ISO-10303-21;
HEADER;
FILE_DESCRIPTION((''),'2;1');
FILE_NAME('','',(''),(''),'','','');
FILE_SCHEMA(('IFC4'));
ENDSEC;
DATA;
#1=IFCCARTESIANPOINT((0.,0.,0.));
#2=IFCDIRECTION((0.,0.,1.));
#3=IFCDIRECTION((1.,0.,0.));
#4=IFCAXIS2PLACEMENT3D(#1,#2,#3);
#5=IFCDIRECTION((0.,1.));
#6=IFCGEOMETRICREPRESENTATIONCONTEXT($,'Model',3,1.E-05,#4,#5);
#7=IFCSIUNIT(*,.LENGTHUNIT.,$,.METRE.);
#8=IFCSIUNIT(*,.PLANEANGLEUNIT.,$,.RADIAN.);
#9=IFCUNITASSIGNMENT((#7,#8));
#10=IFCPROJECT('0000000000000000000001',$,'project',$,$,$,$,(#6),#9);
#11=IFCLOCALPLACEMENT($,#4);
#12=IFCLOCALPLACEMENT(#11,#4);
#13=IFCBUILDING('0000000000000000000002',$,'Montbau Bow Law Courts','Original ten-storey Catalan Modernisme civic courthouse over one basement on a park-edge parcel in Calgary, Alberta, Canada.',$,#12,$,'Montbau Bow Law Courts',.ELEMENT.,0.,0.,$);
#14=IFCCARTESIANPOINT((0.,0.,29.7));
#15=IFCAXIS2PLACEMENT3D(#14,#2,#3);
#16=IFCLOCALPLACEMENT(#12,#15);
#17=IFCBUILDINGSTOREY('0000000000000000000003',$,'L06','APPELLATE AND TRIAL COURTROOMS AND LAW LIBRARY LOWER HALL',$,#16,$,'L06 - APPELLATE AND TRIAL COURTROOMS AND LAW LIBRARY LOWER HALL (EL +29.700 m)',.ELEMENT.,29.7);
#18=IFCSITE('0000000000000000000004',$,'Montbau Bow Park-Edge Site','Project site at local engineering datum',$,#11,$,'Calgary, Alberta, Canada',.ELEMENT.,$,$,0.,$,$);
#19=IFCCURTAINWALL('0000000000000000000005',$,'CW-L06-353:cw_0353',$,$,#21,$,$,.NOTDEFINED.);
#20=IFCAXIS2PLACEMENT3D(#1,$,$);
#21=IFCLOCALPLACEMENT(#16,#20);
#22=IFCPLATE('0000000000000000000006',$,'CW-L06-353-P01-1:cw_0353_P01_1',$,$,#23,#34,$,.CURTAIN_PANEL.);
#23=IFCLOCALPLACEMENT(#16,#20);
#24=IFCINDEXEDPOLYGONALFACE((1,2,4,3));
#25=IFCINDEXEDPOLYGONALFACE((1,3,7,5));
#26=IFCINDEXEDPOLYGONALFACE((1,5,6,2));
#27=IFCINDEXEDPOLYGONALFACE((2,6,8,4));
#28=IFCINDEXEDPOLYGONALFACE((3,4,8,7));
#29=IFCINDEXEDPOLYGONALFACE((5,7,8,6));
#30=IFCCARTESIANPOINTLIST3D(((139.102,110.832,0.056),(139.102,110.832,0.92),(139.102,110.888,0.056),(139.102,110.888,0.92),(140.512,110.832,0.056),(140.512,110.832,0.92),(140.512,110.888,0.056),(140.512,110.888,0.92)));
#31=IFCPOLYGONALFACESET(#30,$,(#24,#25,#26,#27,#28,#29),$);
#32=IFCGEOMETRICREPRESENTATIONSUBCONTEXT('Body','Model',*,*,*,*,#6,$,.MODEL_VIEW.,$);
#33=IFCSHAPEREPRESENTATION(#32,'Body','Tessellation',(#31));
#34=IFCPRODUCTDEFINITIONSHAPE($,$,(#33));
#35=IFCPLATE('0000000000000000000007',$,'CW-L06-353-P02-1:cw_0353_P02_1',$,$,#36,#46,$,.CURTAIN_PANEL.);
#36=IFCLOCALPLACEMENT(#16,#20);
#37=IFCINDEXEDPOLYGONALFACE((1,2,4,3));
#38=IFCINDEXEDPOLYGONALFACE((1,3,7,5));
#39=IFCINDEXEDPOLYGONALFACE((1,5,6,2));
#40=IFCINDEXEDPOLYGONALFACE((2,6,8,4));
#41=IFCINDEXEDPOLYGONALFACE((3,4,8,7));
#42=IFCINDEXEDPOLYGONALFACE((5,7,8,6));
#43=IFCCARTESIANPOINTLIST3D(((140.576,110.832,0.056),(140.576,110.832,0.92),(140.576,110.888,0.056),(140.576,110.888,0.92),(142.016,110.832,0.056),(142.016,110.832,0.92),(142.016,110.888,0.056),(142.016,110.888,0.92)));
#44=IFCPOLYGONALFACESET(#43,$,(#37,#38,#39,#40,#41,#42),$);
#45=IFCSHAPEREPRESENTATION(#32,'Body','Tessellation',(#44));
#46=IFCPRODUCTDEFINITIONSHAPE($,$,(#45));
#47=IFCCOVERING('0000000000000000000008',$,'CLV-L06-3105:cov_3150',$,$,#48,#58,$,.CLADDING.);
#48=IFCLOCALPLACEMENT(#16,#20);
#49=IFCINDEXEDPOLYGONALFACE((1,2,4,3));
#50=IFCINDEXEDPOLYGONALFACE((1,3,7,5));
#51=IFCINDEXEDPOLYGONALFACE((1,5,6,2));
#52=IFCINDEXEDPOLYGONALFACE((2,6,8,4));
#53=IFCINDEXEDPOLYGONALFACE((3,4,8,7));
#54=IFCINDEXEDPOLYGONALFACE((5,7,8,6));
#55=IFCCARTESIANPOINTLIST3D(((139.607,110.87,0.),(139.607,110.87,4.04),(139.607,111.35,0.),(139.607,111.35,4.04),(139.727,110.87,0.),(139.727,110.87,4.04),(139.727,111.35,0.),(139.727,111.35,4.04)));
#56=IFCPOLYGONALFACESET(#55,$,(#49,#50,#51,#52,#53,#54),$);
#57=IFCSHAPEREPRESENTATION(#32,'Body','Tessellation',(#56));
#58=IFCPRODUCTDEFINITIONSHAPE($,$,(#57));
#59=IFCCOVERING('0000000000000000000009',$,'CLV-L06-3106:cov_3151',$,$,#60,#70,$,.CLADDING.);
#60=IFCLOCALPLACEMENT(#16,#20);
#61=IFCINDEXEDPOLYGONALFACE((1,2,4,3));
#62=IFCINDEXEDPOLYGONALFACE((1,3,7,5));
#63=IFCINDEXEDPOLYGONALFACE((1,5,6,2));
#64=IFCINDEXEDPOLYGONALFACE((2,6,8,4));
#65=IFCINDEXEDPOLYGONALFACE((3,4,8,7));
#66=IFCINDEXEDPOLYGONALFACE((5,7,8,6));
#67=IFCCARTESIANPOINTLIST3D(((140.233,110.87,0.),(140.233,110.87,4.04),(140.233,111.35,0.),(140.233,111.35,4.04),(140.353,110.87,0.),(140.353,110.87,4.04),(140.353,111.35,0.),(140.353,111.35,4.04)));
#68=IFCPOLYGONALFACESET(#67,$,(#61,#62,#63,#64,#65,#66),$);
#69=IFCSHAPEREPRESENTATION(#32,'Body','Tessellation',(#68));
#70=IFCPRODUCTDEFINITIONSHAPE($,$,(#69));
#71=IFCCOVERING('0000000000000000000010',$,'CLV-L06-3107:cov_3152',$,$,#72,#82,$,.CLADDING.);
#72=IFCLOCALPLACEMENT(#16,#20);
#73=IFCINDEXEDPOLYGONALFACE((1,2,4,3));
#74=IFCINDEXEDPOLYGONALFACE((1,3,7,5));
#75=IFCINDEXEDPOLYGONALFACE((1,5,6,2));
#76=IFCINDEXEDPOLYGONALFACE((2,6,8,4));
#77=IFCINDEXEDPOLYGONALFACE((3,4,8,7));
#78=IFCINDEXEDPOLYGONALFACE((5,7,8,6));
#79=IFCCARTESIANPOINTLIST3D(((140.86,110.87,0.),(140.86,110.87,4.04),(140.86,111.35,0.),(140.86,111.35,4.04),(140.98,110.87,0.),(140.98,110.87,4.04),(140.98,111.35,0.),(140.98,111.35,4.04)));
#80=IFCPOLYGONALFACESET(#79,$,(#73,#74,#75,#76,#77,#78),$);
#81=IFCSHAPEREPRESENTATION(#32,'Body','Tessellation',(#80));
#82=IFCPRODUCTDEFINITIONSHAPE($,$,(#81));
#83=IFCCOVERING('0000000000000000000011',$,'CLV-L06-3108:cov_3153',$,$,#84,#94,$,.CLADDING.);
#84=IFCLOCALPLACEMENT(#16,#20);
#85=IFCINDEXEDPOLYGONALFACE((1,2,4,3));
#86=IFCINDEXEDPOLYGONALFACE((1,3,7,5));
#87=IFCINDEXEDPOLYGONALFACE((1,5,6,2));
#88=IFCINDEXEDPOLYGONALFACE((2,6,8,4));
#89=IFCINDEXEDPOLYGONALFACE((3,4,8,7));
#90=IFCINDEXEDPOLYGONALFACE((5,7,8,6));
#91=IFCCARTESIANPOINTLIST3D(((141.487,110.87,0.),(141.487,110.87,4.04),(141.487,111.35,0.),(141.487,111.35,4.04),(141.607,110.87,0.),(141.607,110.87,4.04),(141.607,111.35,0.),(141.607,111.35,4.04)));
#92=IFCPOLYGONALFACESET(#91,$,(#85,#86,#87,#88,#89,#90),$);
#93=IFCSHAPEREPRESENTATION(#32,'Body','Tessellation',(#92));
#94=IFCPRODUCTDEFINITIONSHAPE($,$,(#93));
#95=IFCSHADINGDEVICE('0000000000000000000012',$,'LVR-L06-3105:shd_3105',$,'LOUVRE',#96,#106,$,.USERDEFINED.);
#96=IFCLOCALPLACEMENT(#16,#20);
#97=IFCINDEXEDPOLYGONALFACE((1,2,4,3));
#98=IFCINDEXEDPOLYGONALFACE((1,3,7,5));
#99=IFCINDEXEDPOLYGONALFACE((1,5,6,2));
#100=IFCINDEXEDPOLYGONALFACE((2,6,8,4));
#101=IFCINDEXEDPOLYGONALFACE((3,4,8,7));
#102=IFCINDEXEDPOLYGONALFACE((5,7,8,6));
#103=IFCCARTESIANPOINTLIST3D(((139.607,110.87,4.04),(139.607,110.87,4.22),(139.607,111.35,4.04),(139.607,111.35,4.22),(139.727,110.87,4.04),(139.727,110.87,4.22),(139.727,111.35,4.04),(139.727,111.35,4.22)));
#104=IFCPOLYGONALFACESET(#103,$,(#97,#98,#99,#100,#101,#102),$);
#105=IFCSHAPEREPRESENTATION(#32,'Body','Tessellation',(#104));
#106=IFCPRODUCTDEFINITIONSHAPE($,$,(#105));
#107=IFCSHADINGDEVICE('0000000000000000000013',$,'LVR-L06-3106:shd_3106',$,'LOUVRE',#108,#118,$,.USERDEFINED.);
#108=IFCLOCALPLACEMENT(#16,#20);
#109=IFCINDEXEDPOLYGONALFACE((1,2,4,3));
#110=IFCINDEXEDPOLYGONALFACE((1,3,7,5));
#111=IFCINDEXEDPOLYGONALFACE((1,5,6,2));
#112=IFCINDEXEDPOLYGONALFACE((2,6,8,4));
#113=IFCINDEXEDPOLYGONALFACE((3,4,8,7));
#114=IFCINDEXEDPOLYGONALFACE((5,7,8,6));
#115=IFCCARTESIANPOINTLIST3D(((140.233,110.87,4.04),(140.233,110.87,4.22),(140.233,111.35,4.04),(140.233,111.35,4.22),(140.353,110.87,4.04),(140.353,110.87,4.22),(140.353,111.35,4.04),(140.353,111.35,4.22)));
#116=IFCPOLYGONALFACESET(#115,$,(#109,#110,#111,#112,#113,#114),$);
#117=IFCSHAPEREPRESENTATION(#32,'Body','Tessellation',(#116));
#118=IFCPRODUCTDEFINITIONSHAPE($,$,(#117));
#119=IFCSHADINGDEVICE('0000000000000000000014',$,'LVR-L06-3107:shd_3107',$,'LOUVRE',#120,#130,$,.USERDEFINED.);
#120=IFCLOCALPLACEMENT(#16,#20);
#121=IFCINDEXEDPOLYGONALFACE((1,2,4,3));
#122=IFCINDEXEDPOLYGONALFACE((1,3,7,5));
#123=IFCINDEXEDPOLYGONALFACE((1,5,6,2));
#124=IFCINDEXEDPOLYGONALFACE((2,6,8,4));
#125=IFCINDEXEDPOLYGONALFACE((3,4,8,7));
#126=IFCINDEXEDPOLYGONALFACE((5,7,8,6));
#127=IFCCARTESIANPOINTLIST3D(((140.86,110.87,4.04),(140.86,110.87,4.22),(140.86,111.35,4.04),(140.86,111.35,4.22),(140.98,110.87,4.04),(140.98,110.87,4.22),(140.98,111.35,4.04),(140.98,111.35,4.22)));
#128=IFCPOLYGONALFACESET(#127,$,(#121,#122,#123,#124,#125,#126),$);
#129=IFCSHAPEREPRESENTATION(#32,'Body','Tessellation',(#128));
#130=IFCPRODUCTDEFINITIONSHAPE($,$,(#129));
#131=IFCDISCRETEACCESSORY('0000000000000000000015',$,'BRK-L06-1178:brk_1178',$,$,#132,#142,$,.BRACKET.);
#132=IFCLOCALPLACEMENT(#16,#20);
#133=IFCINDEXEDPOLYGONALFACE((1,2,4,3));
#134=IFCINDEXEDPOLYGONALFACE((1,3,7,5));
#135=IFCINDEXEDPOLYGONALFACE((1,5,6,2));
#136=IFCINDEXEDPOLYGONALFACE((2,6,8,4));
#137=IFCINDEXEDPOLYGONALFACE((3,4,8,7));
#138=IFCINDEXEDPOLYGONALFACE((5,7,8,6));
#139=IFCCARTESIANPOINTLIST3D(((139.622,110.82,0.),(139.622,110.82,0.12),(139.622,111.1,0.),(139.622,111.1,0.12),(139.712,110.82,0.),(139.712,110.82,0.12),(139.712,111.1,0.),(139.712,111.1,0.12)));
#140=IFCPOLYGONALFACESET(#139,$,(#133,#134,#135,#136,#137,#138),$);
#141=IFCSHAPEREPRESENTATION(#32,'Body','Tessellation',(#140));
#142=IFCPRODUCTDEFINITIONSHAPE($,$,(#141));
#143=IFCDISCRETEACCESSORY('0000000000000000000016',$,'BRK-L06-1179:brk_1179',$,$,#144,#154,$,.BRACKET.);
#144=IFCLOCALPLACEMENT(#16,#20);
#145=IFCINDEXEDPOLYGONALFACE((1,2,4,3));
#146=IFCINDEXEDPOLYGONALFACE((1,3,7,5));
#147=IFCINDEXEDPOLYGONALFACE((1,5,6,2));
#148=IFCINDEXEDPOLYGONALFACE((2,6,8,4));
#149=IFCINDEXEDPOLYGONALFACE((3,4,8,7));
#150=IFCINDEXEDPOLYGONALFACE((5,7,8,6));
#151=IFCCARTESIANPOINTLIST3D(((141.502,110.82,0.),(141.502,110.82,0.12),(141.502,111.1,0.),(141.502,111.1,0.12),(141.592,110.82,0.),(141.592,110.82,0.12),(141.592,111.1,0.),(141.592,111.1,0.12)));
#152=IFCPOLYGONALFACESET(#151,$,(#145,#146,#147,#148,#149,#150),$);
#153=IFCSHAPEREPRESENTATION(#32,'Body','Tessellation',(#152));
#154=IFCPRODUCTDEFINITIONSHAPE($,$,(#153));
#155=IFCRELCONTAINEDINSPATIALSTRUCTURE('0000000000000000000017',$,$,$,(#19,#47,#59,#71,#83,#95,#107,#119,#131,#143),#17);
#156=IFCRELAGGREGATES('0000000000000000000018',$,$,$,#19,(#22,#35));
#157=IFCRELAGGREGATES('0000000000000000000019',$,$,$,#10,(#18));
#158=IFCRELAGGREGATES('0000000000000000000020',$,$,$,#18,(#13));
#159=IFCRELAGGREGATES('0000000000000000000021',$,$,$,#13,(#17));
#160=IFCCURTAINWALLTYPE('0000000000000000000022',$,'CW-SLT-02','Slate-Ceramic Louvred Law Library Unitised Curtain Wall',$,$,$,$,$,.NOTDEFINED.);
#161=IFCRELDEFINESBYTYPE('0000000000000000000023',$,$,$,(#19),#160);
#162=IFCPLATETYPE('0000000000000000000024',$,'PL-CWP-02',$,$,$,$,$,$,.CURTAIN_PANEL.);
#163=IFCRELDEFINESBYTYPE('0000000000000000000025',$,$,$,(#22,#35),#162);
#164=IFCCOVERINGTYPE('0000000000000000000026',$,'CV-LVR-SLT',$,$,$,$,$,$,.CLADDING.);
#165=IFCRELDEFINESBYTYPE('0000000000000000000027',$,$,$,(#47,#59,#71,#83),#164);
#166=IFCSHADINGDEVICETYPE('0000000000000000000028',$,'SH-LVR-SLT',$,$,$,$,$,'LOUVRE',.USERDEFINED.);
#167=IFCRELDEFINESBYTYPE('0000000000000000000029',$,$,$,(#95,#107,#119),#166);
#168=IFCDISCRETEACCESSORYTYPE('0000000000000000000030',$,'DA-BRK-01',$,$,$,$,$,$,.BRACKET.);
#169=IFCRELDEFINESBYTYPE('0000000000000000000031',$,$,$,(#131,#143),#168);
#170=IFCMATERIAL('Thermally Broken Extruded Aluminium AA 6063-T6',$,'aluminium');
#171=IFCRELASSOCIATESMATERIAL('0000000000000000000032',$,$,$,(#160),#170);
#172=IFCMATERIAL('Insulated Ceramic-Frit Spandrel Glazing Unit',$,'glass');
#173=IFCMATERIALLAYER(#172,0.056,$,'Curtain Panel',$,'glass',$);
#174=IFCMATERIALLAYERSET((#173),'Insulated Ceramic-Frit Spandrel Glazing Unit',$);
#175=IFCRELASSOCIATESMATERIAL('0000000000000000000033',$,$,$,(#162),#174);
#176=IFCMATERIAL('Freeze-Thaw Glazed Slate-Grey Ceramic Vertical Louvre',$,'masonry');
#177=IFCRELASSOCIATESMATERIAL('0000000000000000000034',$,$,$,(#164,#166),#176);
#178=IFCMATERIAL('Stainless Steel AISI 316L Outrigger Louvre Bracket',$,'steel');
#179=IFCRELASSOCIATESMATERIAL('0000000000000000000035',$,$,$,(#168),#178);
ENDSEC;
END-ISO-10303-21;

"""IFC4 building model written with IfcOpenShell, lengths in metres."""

from ifc_helpers import new_model, si_unit, direction, frame, frame_2d, origin_with_axes, origin_2d_with_axis, place, context, subcontext, project, spatial, rectangle, extrude, material, layer, layer_set, type_object, element, aggregate, save


model = new_model("IFC4")

# Units and contexts
model_context = context("Model", 3, precision=1e-05, world=origin_with_axes(), true_north=direction((0.0, 1.0)))
body_context = subcontext(model_context, "Body", "Model", "MODEL_VIEW")
ifc_project = project(units=[si_unit("LENGTHUNIT", "METRE"), si_unit("PLANEANGLEUNIT", "RADIAN")], contexts=[model_context])

# Site, building, storey
site_placement = place(None, origin_with_axes())
site = spatial("IfcSite", under=ifc_project, at=site_placement, Name="Montbau Bow Park-Edge Site", Description="Project site at local engineering datum", LongName="Calgary, Alberta, Canada", CompositionType="ELEMENT", RefElevation=0.0)
building_placement = place(site_placement, origin_with_axes())
building = spatial("IfcBuilding", under=site, at=building_placement, Name="Montbau Bow Law Courts", Description="Original ten-storey Catalan Modernisme civic courthouse over one basement on a park-edge parcel in Calgary, Alberta, Canada.", LongName="Montbau Bow Law Courts", CompositionType="ELEMENT", ElevationOfRefHeight=0.0, ElevationOfTerrain=0.0)
storey_placement = place(building_placement, frame((0.0, 0.0, 29.7), z_axis=(0.0, 0.0, 1.0), x_axis=(1.0, 0.0, 0.0)))
storey = spatial("IfcBuildingStorey", under=building, at=storey_placement, Name="L06", Description="APPELLATE AND TRIAL COURTROOMS AND LAW LIBRARY LOWER HALL", LongName="L06 - APPELLATE AND TRIAL COURTROOMS AND LAW LIBRARY LOWER HALL (EL +29.700 m)", CompositionType="ELEMENT", Elevation=29.7)

# Shared definitions
ifc_material_1 = material(Name="Thermally Broken Extruded Aluminium AA 6063-T6", Category="aluminium")
curtain_wall_type = type_object("IfcCurtainWallType", Name="CW-SLT-02", Description="Slate-Ceramic Louvred Law Library Unitised Curtain Wall", PredefinedType="NOTDEFINED", material=ifc_material_1)

# Curtain wall
curtain_wall_1_placement = place(None, frame((139.04, 110.86, 29.7), z_axis=(0.0, 0.0, 1.0), x_axis=(1.0, 0.0, 0.0)))
curtain_wall_1 = element("IfcCurtainWall", 1, at=curtain_wall_1_placement, inside=storey, type_object=curtain_wall_type, Name="CW-L06-353:cw_0353", PredefinedType="NOTDEFINED")

# Plates
ifc_material_2 = material(Name="Insulated Ceramic-Frit Spandrel Glazing Unit", Category="glass")
ifc_layer_1 = layer(ifc_material_2, 0.056, Name="Curtain Panel", Category="glass")
ifc_layer_set_1 = layer_set([ifc_layer_1], Name="Insulated Ceramic-Frit Spandrel Glazing Unit")
plate_type_1 = type_object("IfcPlateType", Name="PL-CWP-02", PredefinedType="CURTAIN_PANEL", material=ifc_layer_set_1)
plate_1_placement = place(None, frame((139.102, 110.86, 29.756), z_axis=(0.0, -1.0, 0.0), x_axis=(1.0, 0.0, 0.0)))
plate_1 = element("IfcPlate", 2, at=plate_1_placement, type_object=plate_type_1, Name="CW-L06-353-P01-1:cw_0353_P01_1", PredefinedType="CURTAIN_PANEL", context=body_context, shape_type="SweptSolid", body=[
    extrude(rectangle(XDim=1.41, YDim=0.864, at=frame_2d((0.705, 0.432), x_axis=(1.0, 0.0))), frame((0.0, 0.0, -0.028), z_axis=(0.0, 0.0, 1.0), x_axis=(1.0, 0.0, 0.0)), (0.0, 0.0, 1.0), 0.056),
])
plate_2_placement = place(None, frame((140.576, 110.86, 29.756), z_axis=(0.0, -1.0, 0.0), x_axis=(1.0, 0.0, 0.0)))
plate_2 = element("IfcPlate", 3, at=plate_2_placement, type_object=plate_type_1, Name="CW-L06-353-P02-1:cw_0353_P02_1", PredefinedType="CURTAIN_PANEL", context=body_context, shape_type="SweptSolid", body=[
    extrude(rectangle(XDim=1.44, YDim=0.864, at=frame_2d((0.72, 0.432), x_axis=(1.0, 0.0))), frame((0.0, 0.0, -0.028), z_axis=(0.0, 0.0, 1.0), x_axis=(1.0, 0.0, 0.0)), (0.0, 0.0, 1.0), 0.056),
])
aggregate(curtain_wall_1, [plate_1, plate_2])

# Coverings
ifc_material_3 = material(Name="Freeze-Thaw Glazed Slate-Grey Ceramic Vertical Louvre", Category="masonry")
covering_type = type_object("IfcCoveringType", Name="CV-LVR-SLT", PredefinedType="CLADDING", material=ifc_material_3)
for number, where, z_axis, x_axis, name in (
    (4, (139.667, 110.87, 29.7), (1.0, 0.0, 0.0), (0.0, 1.0, 0.0), "CLV-L06-3105:cov_3150"),
    (5, (140.293, 110.87, 29.7), (1.0, 0.0, 0.0), (0.0, 1.0, 0.0), "CLV-L06-3106:cov_3151"),
    (6, (140.92, 110.87, 29.7), (1.0, 0.0, 0.0), (0.0, 1.0, 0.0), "CLV-L06-3107:cov_3152"),
    (7, (141.547, 110.87, 29.7), (1.0, 0.0, 0.0), (0.0, 1.0, 0.0), "CLV-L06-3108:cov_3153"),
):
    element("IfcCovering", number, at=place(None, frame(where, z_axis=z_axis, x_axis=x_axis)), inside=storey, type_object=covering_type, Name=name, PredefinedType="CLADDING", context=body_context, shape_type="SweptSolid", body=[
        extrude(rectangle(XDim=0.48, YDim=4.04, at=frame_2d((0.24, 2.02), x_axis=(1.0, 0.0))), frame((0.0, 0.0, -0.06), z_axis=(0.0, 0.0, 1.0), x_axis=(1.0, 0.0, 0.0)), (0.0, 0.0, 1.0), 0.12),
    ])

# Shading devices
shading_device_type = type_object("IfcShadingDeviceType", Name="SH-LVR-SLT", ElementType="LOUVRE", PredefinedType="USERDEFINED", material=ifc_material_3)
for number, where, z_axis, x_axis, name in (
    (8, (139.667, 111.11, 33.74), (0.0, 0.0, 1.0), (0.0, 1.0, 0.0), "LVR-L06-3105:shd_3105"),
    (9, (140.293, 111.11, 33.74), (0.0, 0.0, 1.0), (0.0, 1.0, 0.0), "LVR-L06-3106:shd_3106"),
    (10, (140.92, 111.11, 33.74), (0.0, 0.0, 1.0), (0.0, 1.0, 0.0), "LVR-L06-3107:shd_3107"),
):
    element("IfcShadingDevice", number, at=place(None, frame(where, z_axis=z_axis, x_axis=x_axis)), inside=storey, type_object=shading_device_type, Name=name, ObjectType="LOUVRE", PredefinedType="USERDEFINED", context=body_context, shape_type="SweptSolid", body=[
        extrude(rectangle(XDim=0.48, YDim=0.12, at=origin_2d_with_axis()), origin_with_axes(), (0.0, 0.0, 1.0), 0.18),
    ])

# Discrete accessories
ifc_material_4 = material(Name="Stainless Steel AISI 316L Outrigger Louvre Bracket", Category="steel")
discrete_accessory_type = type_object("IfcDiscreteAccessoryType", Name="DA-BRK-01", PredefinedType="BRACKET", material=ifc_material_4)
for number, where, z_axis, x_axis, name in (
    (11, (139.667, 110.96, 29.7), (0.0, 0.0, 1.0), (0.0, 1.0, 0.0), "BRK-L06-1178:brk_1178"),
    (12, (141.547, 110.96, 29.7), (0.0, 0.0, 1.0), (0.0, 1.0, 0.0), "BRK-L06-1179:brk_1179"),
):
    element("IfcDiscreteAccessory", number, at=place(None, frame(where, z_axis=z_axis, x_axis=x_axis)), inside=storey, type_object=discrete_accessory_type, Name=name, PredefinedType="BRACKET", context=body_context, shape_type="SweptSolid", body=[
        extrude(rectangle(XDim=0.28, YDim=0.09, at=origin_2d_with_axis()), origin_with_axes(), (0.0, 0.0, 1.0), 0.12),
    ])

save(model, "model.ifc")
